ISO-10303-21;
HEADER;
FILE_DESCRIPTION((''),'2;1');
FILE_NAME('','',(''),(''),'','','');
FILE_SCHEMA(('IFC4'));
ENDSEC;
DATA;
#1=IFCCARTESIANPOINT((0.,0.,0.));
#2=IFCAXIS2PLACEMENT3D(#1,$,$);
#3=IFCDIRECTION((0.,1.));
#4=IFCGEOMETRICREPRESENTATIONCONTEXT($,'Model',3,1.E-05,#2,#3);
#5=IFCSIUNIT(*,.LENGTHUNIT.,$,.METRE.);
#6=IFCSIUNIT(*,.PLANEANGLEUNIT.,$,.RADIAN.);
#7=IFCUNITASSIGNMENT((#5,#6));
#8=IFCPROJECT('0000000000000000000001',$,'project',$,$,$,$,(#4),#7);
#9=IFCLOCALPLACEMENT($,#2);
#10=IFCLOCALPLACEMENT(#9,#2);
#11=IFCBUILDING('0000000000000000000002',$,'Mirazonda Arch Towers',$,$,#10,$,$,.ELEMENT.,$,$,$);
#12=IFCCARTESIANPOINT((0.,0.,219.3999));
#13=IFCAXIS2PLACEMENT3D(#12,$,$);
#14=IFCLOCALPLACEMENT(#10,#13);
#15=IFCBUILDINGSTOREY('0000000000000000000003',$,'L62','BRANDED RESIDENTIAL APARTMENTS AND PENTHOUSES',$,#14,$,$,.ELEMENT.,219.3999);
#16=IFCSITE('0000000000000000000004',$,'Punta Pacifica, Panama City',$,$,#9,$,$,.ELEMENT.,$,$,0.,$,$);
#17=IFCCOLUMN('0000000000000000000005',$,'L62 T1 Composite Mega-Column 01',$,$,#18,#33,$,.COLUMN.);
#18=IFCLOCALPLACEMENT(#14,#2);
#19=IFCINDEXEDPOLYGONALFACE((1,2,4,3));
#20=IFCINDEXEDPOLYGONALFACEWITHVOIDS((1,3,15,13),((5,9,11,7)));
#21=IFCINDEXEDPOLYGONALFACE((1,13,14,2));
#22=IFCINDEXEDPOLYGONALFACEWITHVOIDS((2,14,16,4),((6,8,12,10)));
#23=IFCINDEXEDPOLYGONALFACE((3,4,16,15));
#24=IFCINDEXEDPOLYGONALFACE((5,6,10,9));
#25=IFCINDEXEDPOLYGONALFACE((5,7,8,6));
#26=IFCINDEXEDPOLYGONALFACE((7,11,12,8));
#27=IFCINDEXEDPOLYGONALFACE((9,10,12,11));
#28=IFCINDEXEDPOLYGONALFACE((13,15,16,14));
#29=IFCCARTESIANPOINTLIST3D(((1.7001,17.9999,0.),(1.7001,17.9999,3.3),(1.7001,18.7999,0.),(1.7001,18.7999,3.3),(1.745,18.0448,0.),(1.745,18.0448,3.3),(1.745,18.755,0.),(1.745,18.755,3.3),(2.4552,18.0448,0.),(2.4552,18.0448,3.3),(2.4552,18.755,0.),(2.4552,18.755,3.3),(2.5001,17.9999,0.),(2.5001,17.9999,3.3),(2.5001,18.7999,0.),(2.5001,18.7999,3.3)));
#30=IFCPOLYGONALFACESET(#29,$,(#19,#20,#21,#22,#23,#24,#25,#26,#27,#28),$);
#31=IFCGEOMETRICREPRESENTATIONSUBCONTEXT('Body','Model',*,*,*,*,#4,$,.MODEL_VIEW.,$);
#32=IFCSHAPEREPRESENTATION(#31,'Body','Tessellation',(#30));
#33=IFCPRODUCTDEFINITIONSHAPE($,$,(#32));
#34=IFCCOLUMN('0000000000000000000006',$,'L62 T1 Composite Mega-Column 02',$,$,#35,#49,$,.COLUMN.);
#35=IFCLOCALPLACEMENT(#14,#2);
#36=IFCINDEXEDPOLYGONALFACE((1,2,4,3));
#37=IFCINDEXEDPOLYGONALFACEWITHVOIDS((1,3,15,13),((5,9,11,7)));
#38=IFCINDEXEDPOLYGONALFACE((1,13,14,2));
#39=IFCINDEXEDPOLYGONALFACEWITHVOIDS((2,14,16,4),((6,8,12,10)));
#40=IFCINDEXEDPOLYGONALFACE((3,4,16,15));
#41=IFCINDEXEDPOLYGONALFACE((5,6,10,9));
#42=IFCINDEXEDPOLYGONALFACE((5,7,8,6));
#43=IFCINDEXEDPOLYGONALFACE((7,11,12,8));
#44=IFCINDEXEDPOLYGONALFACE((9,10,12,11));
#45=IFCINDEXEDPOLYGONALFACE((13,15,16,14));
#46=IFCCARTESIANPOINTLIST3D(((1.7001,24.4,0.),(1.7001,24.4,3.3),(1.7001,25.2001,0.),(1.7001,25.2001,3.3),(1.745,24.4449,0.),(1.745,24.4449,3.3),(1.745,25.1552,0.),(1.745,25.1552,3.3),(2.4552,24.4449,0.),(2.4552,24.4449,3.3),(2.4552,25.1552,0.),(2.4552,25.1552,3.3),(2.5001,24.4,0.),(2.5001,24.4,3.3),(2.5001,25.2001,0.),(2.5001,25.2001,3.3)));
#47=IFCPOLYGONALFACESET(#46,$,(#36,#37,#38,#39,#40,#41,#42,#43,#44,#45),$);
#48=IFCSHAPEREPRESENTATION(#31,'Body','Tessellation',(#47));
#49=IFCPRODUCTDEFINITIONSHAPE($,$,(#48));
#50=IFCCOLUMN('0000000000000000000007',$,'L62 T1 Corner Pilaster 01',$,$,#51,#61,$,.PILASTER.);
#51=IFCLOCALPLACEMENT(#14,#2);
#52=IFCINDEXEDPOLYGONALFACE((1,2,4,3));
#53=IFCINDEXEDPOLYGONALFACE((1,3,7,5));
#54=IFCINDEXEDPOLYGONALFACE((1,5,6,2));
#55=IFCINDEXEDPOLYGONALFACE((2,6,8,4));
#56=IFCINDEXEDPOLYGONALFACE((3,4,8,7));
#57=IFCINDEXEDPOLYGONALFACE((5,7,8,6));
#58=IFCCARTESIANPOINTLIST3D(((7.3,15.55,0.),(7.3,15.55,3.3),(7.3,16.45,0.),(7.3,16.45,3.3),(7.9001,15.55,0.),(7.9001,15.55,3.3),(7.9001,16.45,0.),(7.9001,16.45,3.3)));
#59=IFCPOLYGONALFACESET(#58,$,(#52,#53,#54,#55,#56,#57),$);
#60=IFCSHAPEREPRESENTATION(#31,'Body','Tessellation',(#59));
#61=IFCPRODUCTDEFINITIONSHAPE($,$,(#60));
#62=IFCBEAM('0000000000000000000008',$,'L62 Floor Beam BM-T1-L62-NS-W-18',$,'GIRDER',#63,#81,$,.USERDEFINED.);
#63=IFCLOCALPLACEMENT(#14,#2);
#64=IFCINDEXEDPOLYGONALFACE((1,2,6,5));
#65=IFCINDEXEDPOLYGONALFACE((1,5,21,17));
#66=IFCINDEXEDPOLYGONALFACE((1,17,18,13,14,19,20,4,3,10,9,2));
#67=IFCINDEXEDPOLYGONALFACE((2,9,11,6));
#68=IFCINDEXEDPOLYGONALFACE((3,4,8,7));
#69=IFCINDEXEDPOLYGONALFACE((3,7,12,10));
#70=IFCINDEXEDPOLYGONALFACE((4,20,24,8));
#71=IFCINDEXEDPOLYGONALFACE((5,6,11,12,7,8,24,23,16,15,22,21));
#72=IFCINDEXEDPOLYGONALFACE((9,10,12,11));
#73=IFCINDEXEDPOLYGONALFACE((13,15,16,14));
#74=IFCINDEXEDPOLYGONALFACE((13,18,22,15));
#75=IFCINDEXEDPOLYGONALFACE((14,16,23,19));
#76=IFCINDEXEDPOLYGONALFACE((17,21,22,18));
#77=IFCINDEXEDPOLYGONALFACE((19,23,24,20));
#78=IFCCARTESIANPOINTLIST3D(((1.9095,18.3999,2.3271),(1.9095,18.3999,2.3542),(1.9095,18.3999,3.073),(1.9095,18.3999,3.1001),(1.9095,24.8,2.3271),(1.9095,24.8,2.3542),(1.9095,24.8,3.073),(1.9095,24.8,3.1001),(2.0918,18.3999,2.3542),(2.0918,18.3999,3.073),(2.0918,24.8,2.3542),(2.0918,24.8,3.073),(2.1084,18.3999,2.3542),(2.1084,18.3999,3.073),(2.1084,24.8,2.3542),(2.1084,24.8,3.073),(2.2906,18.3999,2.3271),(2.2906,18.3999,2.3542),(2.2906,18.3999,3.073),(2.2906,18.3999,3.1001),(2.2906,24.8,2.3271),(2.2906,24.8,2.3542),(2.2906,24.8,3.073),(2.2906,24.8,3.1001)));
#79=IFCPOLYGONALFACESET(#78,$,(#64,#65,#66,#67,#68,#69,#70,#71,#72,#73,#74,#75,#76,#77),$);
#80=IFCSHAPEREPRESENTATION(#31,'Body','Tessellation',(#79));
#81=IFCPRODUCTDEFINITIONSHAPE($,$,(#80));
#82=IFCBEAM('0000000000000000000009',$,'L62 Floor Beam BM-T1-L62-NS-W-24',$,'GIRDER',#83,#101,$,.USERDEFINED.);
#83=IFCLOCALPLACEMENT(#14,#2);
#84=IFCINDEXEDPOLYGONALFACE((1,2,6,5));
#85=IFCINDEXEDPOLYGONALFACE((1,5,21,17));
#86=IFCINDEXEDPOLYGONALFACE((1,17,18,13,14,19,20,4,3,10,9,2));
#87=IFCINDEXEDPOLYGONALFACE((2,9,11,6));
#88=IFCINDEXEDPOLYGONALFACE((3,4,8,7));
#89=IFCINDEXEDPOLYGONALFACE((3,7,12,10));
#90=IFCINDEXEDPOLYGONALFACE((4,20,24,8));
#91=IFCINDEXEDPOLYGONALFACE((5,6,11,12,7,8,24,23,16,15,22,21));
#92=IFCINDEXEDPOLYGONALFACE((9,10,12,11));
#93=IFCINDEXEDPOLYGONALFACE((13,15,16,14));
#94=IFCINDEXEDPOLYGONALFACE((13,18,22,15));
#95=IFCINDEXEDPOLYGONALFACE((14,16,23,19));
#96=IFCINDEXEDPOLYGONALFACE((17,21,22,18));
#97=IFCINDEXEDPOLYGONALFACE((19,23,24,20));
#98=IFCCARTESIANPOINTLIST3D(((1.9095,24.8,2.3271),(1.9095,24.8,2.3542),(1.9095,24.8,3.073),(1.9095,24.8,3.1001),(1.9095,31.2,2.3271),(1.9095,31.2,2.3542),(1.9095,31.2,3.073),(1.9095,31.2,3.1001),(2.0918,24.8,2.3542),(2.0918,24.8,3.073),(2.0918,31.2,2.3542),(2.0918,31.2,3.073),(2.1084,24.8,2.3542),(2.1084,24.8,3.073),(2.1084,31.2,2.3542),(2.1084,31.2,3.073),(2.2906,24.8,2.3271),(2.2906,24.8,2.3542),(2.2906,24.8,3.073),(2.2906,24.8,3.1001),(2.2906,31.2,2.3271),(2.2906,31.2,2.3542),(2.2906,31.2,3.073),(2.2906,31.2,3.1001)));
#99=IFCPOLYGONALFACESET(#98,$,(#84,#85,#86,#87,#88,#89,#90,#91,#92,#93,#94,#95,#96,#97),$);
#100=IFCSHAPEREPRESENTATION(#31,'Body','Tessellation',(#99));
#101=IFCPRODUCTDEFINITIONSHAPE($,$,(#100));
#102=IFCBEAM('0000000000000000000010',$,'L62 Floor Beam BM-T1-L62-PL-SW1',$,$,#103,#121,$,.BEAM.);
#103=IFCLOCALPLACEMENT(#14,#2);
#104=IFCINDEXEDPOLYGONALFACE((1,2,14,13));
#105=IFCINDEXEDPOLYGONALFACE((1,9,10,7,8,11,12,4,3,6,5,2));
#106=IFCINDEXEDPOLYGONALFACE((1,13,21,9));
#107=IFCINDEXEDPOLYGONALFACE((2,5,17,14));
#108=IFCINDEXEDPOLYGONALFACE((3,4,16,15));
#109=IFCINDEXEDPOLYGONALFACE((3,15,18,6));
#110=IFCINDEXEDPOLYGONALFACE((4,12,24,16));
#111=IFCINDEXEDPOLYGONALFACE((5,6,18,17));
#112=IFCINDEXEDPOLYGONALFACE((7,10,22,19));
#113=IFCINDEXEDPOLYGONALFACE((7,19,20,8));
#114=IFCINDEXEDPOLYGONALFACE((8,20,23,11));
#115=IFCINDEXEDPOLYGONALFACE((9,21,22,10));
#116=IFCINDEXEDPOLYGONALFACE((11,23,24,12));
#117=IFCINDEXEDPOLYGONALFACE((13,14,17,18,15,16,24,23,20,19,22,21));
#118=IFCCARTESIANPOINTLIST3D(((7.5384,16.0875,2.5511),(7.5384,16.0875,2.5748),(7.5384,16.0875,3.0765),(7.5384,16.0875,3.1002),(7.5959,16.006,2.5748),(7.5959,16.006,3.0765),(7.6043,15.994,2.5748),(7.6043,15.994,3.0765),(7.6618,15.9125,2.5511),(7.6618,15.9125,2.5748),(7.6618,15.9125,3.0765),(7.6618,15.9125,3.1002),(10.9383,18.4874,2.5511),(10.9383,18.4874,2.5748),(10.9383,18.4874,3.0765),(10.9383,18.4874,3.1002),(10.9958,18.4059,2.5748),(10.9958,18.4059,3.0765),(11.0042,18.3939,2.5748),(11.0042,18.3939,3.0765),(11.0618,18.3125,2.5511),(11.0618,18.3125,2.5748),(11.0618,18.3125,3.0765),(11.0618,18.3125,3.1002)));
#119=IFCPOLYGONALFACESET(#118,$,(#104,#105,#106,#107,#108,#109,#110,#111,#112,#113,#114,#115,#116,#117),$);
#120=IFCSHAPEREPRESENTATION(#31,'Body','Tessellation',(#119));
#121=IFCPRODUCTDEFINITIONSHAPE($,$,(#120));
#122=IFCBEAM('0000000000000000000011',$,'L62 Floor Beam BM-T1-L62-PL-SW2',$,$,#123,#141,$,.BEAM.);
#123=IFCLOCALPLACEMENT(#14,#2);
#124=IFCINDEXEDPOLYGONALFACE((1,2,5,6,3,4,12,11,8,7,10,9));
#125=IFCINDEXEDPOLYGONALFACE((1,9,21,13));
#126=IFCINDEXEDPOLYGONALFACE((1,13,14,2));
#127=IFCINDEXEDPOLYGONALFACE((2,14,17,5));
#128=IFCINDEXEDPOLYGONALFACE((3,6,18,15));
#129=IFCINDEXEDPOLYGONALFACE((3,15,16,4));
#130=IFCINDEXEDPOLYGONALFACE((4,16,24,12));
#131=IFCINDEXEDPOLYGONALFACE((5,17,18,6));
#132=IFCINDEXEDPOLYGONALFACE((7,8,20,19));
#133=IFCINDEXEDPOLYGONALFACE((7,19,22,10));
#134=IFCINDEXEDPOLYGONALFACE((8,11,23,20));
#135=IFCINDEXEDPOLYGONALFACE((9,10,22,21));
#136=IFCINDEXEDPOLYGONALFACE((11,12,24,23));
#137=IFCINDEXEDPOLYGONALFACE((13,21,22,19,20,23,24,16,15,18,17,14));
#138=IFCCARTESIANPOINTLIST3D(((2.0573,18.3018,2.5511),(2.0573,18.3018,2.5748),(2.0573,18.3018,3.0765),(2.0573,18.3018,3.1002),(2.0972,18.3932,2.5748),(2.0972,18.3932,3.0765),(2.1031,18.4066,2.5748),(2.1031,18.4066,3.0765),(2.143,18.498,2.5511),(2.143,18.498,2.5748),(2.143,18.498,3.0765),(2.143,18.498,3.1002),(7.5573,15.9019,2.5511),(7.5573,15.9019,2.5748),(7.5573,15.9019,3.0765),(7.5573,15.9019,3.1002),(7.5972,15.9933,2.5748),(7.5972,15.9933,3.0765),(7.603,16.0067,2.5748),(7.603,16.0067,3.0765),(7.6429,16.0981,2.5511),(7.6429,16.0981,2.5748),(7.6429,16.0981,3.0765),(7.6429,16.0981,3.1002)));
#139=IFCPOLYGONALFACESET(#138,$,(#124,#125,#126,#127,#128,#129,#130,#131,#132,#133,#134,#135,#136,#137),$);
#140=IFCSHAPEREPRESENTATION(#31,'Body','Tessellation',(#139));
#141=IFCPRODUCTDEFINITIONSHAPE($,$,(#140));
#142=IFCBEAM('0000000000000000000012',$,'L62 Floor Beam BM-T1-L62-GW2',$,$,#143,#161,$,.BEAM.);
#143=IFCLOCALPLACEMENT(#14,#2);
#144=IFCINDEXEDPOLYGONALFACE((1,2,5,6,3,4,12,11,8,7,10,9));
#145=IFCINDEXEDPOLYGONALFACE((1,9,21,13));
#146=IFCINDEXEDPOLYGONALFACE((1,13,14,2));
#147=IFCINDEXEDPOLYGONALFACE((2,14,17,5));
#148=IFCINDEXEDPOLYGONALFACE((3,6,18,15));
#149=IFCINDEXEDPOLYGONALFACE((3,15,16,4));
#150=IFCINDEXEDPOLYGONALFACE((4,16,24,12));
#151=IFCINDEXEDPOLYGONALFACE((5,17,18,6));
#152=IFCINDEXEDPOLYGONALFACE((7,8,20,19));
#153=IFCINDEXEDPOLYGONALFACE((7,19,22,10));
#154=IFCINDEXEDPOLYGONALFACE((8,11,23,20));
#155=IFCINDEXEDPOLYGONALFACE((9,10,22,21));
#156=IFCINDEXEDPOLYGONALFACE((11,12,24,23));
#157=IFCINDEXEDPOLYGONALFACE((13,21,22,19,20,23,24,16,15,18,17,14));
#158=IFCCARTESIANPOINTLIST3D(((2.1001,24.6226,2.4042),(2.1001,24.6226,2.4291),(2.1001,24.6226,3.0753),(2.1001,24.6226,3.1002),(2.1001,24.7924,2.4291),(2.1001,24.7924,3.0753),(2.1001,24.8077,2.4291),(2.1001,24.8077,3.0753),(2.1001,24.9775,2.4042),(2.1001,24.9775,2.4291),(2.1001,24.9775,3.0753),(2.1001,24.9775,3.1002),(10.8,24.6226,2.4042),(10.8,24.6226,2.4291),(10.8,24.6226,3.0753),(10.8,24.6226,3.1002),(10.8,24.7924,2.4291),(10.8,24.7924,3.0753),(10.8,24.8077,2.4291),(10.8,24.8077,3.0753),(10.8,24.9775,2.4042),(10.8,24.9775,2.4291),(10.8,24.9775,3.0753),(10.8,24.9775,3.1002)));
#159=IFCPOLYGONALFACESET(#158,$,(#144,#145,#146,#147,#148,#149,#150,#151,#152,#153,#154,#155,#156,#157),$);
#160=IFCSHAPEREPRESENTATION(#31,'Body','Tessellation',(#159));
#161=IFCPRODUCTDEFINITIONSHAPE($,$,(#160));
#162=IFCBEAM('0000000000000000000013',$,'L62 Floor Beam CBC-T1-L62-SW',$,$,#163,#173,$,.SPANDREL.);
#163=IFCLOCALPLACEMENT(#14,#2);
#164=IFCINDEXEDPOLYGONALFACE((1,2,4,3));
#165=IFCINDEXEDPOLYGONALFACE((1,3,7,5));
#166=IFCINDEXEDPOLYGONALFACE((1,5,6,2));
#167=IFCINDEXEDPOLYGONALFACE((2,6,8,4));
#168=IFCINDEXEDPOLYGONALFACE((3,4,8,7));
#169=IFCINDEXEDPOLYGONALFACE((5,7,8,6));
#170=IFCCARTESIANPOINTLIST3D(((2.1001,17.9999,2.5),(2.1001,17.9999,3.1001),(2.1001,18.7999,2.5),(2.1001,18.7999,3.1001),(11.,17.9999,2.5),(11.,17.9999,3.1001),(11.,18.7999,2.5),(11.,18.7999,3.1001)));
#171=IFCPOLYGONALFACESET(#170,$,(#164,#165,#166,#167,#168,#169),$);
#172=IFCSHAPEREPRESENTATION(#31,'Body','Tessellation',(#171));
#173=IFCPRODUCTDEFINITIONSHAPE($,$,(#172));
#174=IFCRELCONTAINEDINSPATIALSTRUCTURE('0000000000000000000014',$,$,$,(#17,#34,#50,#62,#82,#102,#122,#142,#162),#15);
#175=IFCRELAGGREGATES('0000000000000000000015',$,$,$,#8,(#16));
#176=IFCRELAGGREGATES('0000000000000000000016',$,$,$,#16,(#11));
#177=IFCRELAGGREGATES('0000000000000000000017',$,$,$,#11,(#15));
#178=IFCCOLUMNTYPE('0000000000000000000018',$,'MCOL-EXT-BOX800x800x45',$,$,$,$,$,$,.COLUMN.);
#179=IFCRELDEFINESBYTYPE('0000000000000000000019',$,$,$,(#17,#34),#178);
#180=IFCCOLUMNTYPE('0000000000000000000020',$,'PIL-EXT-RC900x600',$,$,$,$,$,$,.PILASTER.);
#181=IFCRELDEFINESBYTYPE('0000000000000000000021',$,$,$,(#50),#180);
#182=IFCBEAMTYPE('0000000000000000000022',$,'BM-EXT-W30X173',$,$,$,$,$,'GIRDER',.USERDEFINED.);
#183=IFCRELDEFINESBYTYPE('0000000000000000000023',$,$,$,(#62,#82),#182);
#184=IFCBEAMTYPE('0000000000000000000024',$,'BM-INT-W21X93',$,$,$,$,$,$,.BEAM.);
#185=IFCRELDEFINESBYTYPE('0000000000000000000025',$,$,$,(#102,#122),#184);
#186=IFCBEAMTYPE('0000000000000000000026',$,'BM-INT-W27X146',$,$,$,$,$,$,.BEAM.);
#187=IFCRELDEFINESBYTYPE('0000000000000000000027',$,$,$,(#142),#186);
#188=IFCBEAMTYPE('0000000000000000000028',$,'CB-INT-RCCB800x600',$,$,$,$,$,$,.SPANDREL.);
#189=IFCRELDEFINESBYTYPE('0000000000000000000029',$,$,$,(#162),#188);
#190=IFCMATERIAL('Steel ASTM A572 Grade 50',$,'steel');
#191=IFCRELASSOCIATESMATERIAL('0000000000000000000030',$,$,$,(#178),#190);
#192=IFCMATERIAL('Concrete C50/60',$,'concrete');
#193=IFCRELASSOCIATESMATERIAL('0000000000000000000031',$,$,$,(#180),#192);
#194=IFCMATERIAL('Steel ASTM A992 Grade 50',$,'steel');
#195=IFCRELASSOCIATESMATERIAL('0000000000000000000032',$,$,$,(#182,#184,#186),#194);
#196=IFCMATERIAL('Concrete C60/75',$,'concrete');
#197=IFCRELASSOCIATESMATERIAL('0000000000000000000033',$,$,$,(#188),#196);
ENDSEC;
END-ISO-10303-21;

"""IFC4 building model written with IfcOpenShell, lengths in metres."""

from ifc_helpers import new_model, si_unit, direction, frame, origin, origin_2d, place, context, subcontext, project, spatial, rectangle, hollow_rectangle, i_section, extrude, material, material_profile, profile_set, type_object, element, save


model = new_model("IFC4")

# Units and contexts
model_context = context("Model", 3, precision=1e-05, world=origin(), true_north=direction((0.0, 1.0)))
body_context = subcontext(model_context, "Body", "Model", "MODEL_VIEW")
ifc_project = project(units=[si_unit("LENGTHUNIT", "METRE"), si_unit("PLANEANGLEUNIT", "RADIAN")], contexts=[model_context])

# Site, building, storey
site_placement = place(None, origin())
site = spatial("IfcSite", under=ifc_project, at=site_placement, Name="Punta Pacifica, Panama City", CompositionType="ELEMENT", RefElevation=0.0)
building_placement = place(site_placement, origin())
building = spatial("IfcBuilding", under=site, at=building_placement, Name="Mirazonda Arch Towers", CompositionType="ELEMENT")
storey_placement = place(building_placement, frame((0.0, 0.0, 219.3999)))
storey = spatial("IfcBuildingStorey", under=building, at=storey_placement, Name="L62", Description="BRANDED RESIDENTIAL APARTMENTS AND PENTHOUSES", CompositionType="ELEMENT", Elevation=219.3999)

# Columns
ifc_material_1 = material(Name="Steel ASTM A572 Grade 50", Category="steel")
ifc_material_profile_1 = material_profile(ifc_material_1, hollow_rectangle(XDim=0.8, YDim=0.8, WallThickness=0.0449, at=origin_2d()), Name="BOX800x800x45")
ifc_profile_set_1 = profile_set([ifc_material_profile_1], Name="Steel ASTM A572 Grade 50")
column_type_1 = type_object("IfcColumnType", Name="MCOL-EXT-BOX800x800x45", PredefinedType="COLUMN", material=ifc_profile_set_1)
for number, where, z_axis, x_axis, name in (
    (1, (2.1001, 18.3999, 0.0), (0.0, 0.0, 1.0), (1.0, 0.0, 0.0), "L62 T1 Composite Mega-Column 01"),
    (2, (2.1001, 24.8, 0.0), (0.0, 0.0, 1.0), (1.0, 0.0, 0.0), "L62 T1 Composite Mega-Column 02"),
):
    element("IfcColumn", number, at=place(storey_placement, frame(where, z_axis=z_axis, x_axis=x_axis)), inside=storey, type_object=column_type_1, Name=name, PredefinedType="COLUMN", context=body_context, shape_type="SweptSolid", body=[
        extrude(hollow_rectangle(XDim=0.8, YDim=0.8, WallThickness=0.0449, at=origin_2d()), origin(), (0.0, 0.0, 1.0), 3.3),
    ])
ifc_material_2 = material(Name="Concrete C50/60", Category="concrete")
ifc_material_profile_2 = material_profile(ifc_material_2, rectangle(XDim=0.6001, YDim=0.8999, at=origin_2d()), Name="RC900x600")
ifc_profile_set_2 = profile_set([ifc_material_profile_2], Name="Concrete C50/60")
column_type_2 = type_object("IfcColumnType", Name="PIL-EXT-RC900x600", PredefinedType="PILASTER", material=ifc_profile_set_2)
column_placement = place(storey_placement, frame((7.6001, 16.0, 0.0), z_axis=(0.0, 0.0, 1.0), x_axis=(1.0, 0.0, 0.0)))
element("IfcColumn", 3, at=column_placement, inside=storey, type_object=column_type_2, Name="L62 T1 Corner Pilaster 01", PredefinedType="PILASTER", context=body_context, shape_type="SweptSolid", body=[
    extrude(rectangle(XDim=0.6001, YDim=0.8999, at=origin_2d()), origin(), (0.0, 0.0, 1.0), 3.3),
])

# Beams
ifc_material_3 = material(Name="Steel ASTM A992 Grade 50", Category="steel")
ifc_material_profile_3 = material_profile(ifc_material_3, i_section(OverallWidth=0.3811, OverallDepth=0.7729, WebThickness=0.0166, FlangeThickness=0.0271, at=origin_2d()), Name="W30X173")
ifc_profile_set_3 = profile_set([ifc_material_profile_3], Name="Steel ASTM A992 Grade 50")
beam_type_1 = type_object("IfcBeamType", Name="BM-EXT-W30X173", ElementType="GIRDER", PredefinedType="USERDEFINED", material=ifc_profile_set_3)
beam_1_placement = place(storey_placement, frame((2.1001, 18.3999, 2.7136), z_axis=(0.0, 1.0, 0.0), x_axis=(-1.0, 0.0, 0.0)))
element("IfcBeam", 4, at=beam_1_placement, inside=storey, type_object=beam_type_1, Name="L62 Floor Beam BM-T1-L62-NS-W-18", ObjectType="GIRDER", PredefinedType="USERDEFINED", context=body_context, shape_type="SweptSolid", body=[
    extrude(i_section(OverallWidth=0.3811, OverallDepth=0.7729, WebThickness=0.0166, FlangeThickness=0.0271, at=origin_2d()), origin(), (0.0, 0.0, 1.0), 6.4001),
])
beam_2_placement = place(storey_placement, frame((2.1001, 24.8, 2.7136), z_axis=(0.0, 1.0, 0.0), x_axis=(-1.0, 0.0, 0.0)))
element("IfcBeam", 5, at=beam_2_placement, inside=storey, type_object=beam_type_1, Name="L62 Floor Beam BM-T1-L62-NS-W-24", ObjectType="GIRDER", PredefinedType="USERDEFINED", context=body_context, shape_type="SweptSolid", body=[
    extrude(i_section(OverallWidth=0.3811, OverallDepth=0.7729, WebThickness=0.0166, FlangeThickness=0.0271, at=origin_2d()), origin(), (0.0, 0.0, 1.0), 6.3999),
])
ifc_material_profile_4 = material_profile(ifc_material_3, i_section(OverallWidth=0.2141, OverallDepth=0.5491, WebThickness=0.0146, FlangeThickness=0.0237, at=origin_2d()), Name="W21X93")
ifc_profile_set_4 = profile_set([ifc_material_profile_4], Name="Steel ASTM A992 Grade 50")
beam_type_2 = type_object("IfcBeamType", Name="BM-INT-W21X93", PredefinedType="BEAM", material=ifc_profile_set_4)
beam_3_placement = place(storey_placement, frame((7.6001, 16.0, 2.8257), z_axis=(0.816971, 0.576679, 0.0), x_axis=(-0.576679, 0.816971, 0.0)))
element("IfcBeam", 6, at=beam_3_placement, inside=storey, type_object=beam_type_2, Name="L62 Floor Beam BM-T1-L62-PL-SW1", PredefinedType="BEAM", context=body_context, shape_type="SweptSolid", body=[
    extrude(i_section(OverallWidth=0.2141, OverallDepth=0.5491, WebThickness=0.0146, FlangeThickness=0.0237, at=origin_2d()), origin(), (0.0, 0.0, 1.0), 4.1616),
])
beam_4_placement = place(storey_placement, frame((7.6001, 16.0, 2.8257), z_axis=(-0.916545, 0.399931, 0.0), x_axis=(-0.399931, -0.916545, 0.0)))
element("IfcBeam", 7, at=beam_4_placement, inside=storey, type_object=beam_type_2, Name="L62 Floor Beam BM-T1-L62-PL-SW2", PredefinedType="BEAM", context=body_context, shape_type="SweptSolid", body=[
    extrude(i_section(OverallWidth=0.2141, OverallDepth=0.5491, WebThickness=0.0146, FlangeThickness=0.0237, at=origin_2d()), origin(), (0.0, 0.0, 1.0), 6.0007),
])
ifc_material_profile_5 = material_profile(ifc_material_3, i_section(OverallWidth=0.355, OverallDepth=0.696, WebThickness=0.0154, FlangeThickness=0.0249, at=origin_2d()), Name="W27X146")
ifc_profile_set_5 = profile_set([ifc_material_profile_5], Name="Steel ASTM A992 Grade 50")
beam_type_3 = type_object("IfcBeamType", Name="BM-INT-W27X146", PredefinedType="BEAM", material=ifc_profile_set_5)
beam_5_placement = place(storey_placement, frame((2.1001, 24.8, 2.7522), z_axis=(1.0, 0.0, 0.0), x_axis=(0.0, 1.0, 0.0)))
element("IfcBeam", 8, at=beam_5_placement, inside=storey, type_object=beam_type_3, Name="L62 Floor Beam BM-T1-L62-GW2", PredefinedType="BEAM", context=body_context, shape_type="SweptSolid", body=[
    extrude(i_section(OverallWidth=0.355, OverallDepth=0.696, WebThickness=0.0154, FlangeThickness=0.0249, at=origin_2d()), origin(), (0.0, 0.0, 1.0), 8.7),
])
ifc_material_4 = material(Name="Concrete C60/75", Category="concrete")
ifc_material_profile_6 = material_profile(ifc_material_4, rectangle(XDim=0.8, YDim=0.6001, at=origin_2d()), Name="RCCB800x600")
ifc_profile_set_6 = profile_set([ifc_material_profile_6], Name="Concrete C60/75")
beam_type_4 = type_object("IfcBeamType", Name="CB-INT-RCCB800x600", PredefinedType="SPANDREL", material=ifc_profile_set_6)
beam_6_placement = place(storey_placement, frame((2.1001, 18.3999, 2.8), z_axis=(1.0, 0.0, 0.0), x_axis=(0.0, 1.0, 0.0)))
element("IfcBeam", 9, at=beam_6_placement, inside=storey, type_object=beam_type_4, Name="L62 Floor Beam CBC-T1-L62-SW", PredefinedType="SPANDREL", context=body_context, shape_type="SweptSolid", body=[
    extrude(rectangle(XDim=0.8, YDim=0.6001, at=origin_2d()), origin(), (0.0, 0.0, 1.0), 8.8999),
])

save(model, "model.ifc")
